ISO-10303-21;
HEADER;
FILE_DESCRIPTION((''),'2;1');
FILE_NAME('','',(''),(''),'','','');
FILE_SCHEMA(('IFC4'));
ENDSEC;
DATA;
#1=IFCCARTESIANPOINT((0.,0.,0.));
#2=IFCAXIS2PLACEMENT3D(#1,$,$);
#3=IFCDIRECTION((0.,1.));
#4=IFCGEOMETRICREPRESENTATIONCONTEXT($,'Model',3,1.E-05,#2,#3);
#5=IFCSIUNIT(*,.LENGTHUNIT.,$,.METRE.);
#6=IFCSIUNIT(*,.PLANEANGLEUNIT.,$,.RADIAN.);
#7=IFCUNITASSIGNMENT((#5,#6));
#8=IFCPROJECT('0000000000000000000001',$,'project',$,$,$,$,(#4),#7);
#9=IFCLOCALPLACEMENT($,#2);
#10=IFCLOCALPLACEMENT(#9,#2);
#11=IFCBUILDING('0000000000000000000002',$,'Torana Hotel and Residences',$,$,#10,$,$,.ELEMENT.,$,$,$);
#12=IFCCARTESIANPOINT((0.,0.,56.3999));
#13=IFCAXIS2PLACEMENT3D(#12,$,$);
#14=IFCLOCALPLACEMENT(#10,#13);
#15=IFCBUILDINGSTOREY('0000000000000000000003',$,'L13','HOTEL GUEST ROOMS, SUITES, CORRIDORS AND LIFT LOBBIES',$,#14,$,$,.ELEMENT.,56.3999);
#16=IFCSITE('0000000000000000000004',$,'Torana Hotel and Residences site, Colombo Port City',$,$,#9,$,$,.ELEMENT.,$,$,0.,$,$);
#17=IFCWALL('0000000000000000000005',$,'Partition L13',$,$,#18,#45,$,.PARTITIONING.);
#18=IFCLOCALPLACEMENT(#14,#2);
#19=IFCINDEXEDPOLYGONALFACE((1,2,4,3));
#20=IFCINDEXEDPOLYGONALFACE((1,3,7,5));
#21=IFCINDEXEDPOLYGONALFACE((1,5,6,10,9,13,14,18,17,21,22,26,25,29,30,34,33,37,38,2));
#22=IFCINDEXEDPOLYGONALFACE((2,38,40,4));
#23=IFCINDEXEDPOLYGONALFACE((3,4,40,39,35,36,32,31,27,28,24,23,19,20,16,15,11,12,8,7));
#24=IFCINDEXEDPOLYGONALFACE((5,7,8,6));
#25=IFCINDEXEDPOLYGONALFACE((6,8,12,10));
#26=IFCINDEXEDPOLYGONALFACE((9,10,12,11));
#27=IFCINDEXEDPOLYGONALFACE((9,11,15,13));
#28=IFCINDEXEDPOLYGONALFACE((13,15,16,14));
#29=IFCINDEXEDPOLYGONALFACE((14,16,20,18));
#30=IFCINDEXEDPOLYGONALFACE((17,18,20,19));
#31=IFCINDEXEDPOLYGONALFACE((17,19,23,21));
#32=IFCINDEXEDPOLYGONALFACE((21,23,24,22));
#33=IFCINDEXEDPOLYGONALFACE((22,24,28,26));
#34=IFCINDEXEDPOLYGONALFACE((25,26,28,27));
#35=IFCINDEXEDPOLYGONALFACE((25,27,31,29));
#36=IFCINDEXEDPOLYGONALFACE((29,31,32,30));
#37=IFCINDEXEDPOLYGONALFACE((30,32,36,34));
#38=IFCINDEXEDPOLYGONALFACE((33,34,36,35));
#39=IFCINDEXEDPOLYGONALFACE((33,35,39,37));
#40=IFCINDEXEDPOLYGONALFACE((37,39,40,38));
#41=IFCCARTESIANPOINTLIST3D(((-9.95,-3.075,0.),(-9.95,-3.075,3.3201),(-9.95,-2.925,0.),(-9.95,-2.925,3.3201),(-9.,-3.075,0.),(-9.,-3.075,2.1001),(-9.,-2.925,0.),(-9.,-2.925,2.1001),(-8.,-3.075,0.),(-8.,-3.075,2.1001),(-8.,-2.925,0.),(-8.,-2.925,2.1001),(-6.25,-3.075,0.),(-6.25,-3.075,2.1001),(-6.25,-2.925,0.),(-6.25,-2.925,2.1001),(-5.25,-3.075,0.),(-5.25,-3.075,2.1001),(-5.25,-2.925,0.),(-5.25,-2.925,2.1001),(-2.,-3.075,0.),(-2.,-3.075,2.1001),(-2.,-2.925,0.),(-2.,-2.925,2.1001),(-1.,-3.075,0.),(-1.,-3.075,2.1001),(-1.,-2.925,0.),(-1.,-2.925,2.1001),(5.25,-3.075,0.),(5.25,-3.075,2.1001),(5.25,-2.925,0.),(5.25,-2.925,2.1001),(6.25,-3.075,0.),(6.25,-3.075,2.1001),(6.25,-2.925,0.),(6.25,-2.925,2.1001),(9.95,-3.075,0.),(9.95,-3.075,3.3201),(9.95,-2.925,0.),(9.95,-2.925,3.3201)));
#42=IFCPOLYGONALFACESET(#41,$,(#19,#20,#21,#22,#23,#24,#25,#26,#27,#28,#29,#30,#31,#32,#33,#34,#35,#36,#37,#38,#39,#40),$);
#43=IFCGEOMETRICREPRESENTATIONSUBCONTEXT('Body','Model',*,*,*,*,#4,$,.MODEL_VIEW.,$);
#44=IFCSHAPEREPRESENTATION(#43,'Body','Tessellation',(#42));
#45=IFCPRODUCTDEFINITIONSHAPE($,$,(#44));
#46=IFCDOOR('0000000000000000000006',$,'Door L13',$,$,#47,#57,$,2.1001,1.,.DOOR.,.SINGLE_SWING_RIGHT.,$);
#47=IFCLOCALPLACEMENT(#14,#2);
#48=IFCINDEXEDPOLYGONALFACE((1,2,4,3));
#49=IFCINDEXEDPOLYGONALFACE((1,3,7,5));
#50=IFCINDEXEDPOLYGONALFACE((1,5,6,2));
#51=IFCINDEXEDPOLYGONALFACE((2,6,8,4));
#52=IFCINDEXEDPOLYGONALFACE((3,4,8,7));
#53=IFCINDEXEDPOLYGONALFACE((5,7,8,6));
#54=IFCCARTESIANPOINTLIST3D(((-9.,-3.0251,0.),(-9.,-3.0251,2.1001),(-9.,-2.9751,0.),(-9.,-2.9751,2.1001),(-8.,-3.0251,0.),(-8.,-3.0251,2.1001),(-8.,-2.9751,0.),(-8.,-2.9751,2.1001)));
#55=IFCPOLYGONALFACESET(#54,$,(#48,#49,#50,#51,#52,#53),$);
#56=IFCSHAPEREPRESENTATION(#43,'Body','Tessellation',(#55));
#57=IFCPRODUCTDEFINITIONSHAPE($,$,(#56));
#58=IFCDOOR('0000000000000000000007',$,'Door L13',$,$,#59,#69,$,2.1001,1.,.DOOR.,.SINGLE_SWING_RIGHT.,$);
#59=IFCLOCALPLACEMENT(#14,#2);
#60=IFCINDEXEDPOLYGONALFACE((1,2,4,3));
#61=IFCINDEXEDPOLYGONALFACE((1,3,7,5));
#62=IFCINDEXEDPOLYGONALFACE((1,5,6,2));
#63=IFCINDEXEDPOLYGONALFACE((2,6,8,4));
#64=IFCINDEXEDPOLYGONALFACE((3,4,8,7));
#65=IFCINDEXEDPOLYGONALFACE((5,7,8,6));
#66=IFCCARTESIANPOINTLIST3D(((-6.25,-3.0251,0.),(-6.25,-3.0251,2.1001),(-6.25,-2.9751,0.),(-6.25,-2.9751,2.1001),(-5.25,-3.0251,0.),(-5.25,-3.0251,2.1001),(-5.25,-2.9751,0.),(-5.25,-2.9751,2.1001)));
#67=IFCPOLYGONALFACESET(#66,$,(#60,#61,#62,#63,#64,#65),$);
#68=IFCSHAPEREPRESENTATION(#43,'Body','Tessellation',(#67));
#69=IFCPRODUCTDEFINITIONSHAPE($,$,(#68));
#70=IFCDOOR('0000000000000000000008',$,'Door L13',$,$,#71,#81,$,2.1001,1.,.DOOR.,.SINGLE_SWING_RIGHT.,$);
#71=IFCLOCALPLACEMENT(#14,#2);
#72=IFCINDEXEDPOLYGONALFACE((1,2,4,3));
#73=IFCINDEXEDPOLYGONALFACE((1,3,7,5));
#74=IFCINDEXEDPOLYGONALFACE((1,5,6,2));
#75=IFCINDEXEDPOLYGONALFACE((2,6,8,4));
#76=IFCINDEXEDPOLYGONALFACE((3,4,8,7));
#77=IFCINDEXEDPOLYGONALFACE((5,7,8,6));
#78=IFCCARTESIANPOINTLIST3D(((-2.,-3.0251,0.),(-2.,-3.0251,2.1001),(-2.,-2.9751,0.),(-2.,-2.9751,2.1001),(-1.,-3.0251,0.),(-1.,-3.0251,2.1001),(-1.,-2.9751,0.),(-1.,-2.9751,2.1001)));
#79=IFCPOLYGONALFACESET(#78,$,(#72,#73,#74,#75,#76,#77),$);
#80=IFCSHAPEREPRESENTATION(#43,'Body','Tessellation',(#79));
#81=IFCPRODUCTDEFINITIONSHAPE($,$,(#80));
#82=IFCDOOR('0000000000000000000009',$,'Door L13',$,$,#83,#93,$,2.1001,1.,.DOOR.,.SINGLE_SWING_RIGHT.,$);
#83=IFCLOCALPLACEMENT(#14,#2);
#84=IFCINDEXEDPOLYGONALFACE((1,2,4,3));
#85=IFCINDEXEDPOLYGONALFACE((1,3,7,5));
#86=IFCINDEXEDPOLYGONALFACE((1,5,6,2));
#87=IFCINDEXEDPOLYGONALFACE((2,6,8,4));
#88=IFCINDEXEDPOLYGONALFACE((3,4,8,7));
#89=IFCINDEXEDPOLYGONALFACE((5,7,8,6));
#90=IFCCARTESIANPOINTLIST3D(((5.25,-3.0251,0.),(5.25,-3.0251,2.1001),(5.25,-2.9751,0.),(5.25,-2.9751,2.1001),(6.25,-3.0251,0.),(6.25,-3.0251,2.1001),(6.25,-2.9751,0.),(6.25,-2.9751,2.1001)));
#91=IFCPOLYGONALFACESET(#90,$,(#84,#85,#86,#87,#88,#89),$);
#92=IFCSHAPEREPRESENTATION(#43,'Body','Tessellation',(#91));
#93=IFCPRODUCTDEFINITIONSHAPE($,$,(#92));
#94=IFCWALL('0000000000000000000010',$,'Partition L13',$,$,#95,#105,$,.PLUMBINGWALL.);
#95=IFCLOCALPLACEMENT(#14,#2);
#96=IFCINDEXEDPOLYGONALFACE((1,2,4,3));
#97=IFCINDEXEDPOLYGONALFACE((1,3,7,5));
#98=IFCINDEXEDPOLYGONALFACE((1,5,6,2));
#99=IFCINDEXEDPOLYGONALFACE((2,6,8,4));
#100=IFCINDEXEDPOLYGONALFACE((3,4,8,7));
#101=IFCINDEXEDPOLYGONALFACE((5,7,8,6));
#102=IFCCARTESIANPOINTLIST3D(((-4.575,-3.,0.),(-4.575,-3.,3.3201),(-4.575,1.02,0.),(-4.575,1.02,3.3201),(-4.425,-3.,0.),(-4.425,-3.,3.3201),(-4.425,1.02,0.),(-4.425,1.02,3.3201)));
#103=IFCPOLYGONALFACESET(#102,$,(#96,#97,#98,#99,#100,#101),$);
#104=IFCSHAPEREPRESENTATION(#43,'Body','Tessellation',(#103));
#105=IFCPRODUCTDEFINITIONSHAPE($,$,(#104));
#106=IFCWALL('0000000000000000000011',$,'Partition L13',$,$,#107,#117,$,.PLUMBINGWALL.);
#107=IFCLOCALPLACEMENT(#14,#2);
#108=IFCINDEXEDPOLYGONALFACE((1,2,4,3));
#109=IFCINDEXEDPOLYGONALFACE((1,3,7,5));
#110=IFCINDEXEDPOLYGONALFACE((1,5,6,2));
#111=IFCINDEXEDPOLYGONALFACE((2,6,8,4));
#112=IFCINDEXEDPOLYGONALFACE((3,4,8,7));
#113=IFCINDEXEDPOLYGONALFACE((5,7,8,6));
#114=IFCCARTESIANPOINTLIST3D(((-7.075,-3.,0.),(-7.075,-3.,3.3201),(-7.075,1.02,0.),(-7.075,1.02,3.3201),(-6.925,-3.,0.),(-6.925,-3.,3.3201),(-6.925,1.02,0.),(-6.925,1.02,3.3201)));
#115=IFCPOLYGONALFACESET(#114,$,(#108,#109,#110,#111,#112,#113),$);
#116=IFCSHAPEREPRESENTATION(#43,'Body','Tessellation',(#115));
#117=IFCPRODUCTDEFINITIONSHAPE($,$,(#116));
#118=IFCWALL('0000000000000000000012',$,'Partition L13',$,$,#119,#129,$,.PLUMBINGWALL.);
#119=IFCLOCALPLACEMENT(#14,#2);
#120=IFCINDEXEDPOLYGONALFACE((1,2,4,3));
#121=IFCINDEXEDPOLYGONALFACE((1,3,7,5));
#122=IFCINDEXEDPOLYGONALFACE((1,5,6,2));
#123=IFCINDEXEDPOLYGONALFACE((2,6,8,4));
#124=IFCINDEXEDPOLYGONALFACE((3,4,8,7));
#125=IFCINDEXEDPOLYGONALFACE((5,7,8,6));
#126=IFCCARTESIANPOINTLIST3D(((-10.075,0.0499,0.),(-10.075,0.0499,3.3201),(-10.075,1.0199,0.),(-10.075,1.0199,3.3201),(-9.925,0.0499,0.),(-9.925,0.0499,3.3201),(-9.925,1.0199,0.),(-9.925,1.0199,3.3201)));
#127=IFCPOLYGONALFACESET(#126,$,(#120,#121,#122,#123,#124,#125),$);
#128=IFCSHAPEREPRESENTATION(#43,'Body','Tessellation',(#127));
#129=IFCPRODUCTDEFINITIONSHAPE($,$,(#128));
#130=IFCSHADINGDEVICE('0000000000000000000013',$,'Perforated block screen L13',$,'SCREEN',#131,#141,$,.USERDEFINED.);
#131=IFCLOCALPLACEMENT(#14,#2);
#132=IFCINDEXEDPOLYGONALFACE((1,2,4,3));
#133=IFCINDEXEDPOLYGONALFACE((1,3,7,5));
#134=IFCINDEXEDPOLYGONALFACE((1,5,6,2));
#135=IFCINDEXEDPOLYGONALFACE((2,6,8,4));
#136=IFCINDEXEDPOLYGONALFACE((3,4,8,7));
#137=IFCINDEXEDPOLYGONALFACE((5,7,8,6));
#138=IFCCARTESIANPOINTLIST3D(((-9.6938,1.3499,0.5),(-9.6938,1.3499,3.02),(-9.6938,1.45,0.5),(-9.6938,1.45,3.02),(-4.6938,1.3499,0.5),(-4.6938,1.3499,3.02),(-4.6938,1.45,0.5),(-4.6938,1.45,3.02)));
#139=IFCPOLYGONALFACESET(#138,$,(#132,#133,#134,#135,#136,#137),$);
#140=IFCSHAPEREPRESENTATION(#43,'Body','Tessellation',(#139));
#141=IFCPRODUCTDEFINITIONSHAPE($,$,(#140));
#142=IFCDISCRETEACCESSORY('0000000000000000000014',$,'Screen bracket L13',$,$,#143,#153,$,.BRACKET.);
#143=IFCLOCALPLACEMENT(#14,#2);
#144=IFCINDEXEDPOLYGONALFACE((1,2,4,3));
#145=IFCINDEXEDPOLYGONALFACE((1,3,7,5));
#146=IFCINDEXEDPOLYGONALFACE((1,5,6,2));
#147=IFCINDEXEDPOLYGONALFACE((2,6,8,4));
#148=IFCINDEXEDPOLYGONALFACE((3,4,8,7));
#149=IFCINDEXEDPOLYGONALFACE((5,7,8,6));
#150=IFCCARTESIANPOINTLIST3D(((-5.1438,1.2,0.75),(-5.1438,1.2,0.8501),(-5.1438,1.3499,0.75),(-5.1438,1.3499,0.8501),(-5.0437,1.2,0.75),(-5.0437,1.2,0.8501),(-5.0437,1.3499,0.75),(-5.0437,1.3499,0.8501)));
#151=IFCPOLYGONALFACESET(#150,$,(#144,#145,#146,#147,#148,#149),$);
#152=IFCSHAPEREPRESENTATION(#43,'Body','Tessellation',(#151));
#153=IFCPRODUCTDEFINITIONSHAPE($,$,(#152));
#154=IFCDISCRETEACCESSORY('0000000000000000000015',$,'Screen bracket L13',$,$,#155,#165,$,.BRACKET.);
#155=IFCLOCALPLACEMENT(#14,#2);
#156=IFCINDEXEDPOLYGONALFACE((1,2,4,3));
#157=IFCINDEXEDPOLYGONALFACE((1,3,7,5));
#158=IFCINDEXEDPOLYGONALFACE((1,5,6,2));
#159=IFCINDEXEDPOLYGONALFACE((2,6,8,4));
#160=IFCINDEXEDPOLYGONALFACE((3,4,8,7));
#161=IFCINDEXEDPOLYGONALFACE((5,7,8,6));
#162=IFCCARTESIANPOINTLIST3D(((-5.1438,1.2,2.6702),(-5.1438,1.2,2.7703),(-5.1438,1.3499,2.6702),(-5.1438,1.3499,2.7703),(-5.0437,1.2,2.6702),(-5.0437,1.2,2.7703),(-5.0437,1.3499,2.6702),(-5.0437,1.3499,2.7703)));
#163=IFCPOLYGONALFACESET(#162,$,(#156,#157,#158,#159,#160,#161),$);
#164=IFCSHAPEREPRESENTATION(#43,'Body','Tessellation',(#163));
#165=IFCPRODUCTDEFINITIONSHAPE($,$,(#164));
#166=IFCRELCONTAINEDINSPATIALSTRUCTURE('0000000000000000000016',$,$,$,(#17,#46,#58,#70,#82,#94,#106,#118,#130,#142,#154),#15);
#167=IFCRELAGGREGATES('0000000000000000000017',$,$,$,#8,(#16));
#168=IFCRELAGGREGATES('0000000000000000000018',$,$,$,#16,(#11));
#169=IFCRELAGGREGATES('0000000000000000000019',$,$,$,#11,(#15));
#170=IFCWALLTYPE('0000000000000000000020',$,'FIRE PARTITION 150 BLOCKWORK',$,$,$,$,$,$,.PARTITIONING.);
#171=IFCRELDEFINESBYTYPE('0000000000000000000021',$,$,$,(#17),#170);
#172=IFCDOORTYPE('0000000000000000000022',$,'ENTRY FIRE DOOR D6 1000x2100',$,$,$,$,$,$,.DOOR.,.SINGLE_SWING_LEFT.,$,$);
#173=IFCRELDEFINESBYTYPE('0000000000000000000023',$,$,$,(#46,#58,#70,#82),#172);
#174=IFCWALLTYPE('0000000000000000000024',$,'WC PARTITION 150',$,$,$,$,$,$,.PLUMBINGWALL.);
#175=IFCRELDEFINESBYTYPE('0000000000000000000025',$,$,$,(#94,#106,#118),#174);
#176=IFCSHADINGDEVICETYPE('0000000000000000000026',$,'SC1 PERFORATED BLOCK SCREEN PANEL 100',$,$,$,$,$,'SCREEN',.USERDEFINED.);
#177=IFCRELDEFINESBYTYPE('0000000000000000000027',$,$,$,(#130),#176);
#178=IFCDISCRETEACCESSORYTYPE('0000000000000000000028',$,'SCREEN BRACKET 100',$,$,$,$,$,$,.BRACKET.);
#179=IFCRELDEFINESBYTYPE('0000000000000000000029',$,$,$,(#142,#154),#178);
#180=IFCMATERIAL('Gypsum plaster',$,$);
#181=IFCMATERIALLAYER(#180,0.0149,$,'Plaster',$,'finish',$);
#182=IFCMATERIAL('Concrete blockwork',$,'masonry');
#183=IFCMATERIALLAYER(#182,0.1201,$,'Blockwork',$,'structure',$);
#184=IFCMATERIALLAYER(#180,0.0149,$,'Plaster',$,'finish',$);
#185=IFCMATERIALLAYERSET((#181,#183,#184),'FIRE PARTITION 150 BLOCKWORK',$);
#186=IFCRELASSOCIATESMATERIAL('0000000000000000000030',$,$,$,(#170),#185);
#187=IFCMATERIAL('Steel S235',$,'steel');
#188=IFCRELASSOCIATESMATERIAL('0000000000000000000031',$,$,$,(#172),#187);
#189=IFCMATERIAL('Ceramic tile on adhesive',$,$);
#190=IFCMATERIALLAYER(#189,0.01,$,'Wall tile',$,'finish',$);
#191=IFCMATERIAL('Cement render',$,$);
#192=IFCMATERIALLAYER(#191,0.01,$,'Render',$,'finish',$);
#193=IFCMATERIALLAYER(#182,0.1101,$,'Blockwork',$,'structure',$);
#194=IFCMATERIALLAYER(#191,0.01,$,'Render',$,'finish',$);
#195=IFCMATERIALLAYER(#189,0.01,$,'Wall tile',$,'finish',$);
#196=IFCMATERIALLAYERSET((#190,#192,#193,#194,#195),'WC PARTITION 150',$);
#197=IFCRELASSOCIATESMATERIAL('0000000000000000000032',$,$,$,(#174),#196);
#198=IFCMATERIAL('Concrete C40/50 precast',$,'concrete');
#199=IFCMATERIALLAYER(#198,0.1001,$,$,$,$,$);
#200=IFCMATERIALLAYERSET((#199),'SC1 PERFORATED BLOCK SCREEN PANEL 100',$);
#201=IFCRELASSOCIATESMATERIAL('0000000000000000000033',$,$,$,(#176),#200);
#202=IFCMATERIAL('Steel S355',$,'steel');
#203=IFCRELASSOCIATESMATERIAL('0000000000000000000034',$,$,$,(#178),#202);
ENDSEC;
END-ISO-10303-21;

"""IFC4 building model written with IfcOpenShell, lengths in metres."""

from ifc_helpers import new_model, si_unit, direction, frame, frame_2d, origin, origin_2d, place, context, subcontext, project, spatial, rectangle, extrude, material, layer, layer_set, type_object, element, fill, save


model = new_model("IFC4")

# Units and contexts
model_context = context("Model", 3, precision=1e-05, world=origin(), true_north=direction((0.0, 1.0)))
body_context = subcontext(model_context, "Body", "Model", "MODEL_VIEW")
ifc_project = project(units=[si_unit("LENGTHUNIT", "METRE"), si_unit("PLANEANGLEUNIT", "RADIAN")], contexts=[model_context])

# Site, building, storey
site_placement = place(None, origin())
site = spatial("IfcSite", under=ifc_project, at=site_placement, Name="Torana Hotel and Residences site, Colombo Port City", CompositionType="ELEMENT", RefElevation=0.0)
building_placement = place(site_placement, origin())
building = spatial("IfcBuilding", under=site, at=building_placement, Name="Torana Hotel and Residences", CompositionType="ELEMENT")
storey_placement = place(building_placement, frame((0.0, 0.0, 56.3999)))
storey = spatial("IfcBuildingStorey", under=building, at=storey_placement, Name="L13", Description="HOTEL GUEST ROOMS, SUITES, CORRIDORS AND LIFT LOBBIES", CompositionType="ELEMENT", Elevation=56.3999)

# Shared definitions
ifc_material_1 = material(Name="Gypsum plaster")
ifc_layer_1 = layer(ifc_material_1, 0.0149, Name="Plaster", Category="finish")
ifc_material_2 = material(Name="Concrete blockwork", Category="masonry")
ifc_layer_2 = layer(ifc_material_2, 0.1201, Name="Blockwork", Category="structure")
ifc_layer_3 = layer(ifc_material_1, 0.0149, Name="Plaster", Category="finish")
ifc_layer_set_1 = layer_set([ifc_layer_1, ifc_layer_2, ifc_layer_3], Name="FIRE PARTITION 150 BLOCKWORK")
wall_type_1 = type_object("IfcWallType", Name="FIRE PARTITION 150 BLOCKWORK", PredefinedType="PARTITIONING", material=ifc_layer_set_1)

# Shared definitions
ifc_material_3 = material(Name="Steel S235", Category="steel")
door_type = type_object("IfcDoorType", Name="ENTRY FIRE DOOR D6 1000x2100", OperationType="SINGLE_SWING_LEFT", PredefinedType="DOOR", material=ifc_material_3)

# Wall, openings, doors
wall_1_placement = place(storey_placement, frame((-9.95, -3.0, 0.0), z_axis=(0.0, 0.0, 1.0), x_axis=(1.0, 0.0, 0.0)))
wall_1 = element("IfcWall", 1, at=wall_1_placement, inside=storey, type_object=wall_type_1, Name="Partition L13", PredefinedType="PARTITIONING", context=body_context, shape_type="SweptSolid", body=[
    extrude(rectangle(XDim=19.8999, YDim=0.1499, at=frame_2d((9.95, 0.0))), origin(), (0.0, 0.0, 1.0), 3.3201),
])
opening_1_placement = place(wall_1_placement, frame((0.95, 0.0, 0.0)))
opening_1 = element("IfcOpeningElement", 2, at=opening_1_placement, cuts=wall_1, PredefinedType="OPENING", context=body_context, shape_type="SweptSolid", body=[
    extrude(rectangle(XDim=1.0, YDim=2.1001, at=frame_2d((0.5, 1.05))), frame((0.0, 0.085, 0.0), z_axis=(0.0, -1.0, 0.0), x_axis=(1.0, 0.0, 0.0)), (0.0, 0.0, 1.0), 0.1699),
])
opening_2_placement = place(wall_1_placement, frame((3.7, 0.0, 0.0)))
opening_2 = element("IfcOpeningElement", 3, at=opening_2_placement, cuts=wall_1, PredefinedType="OPENING", context=body_context, shape_type="SweptSolid", body=[
    extrude(rectangle(XDim=1.0, YDim=2.1001, at=frame_2d((0.5, 1.05))), frame((0.0, 0.085, 0.0), z_axis=(0.0, -1.0, 0.0), x_axis=(1.0, 0.0, 0.0)), (0.0, 0.0, 1.0), 0.1699),
])
opening_3_placement = place(wall_1_placement, frame((7.95, 0.0, 0.0)))
opening_3 = element("IfcOpeningElement", 4, at=opening_3_placement, cuts=wall_1, PredefinedType="OPENING", context=body_context, shape_type="SweptSolid", body=[
    extrude(rectangle(XDim=1.0, YDim=2.1001, at=frame_2d((0.5, 1.05))), frame((0.0, 0.085, 0.0), z_axis=(0.0, -1.0, 0.0), x_axis=(1.0, 0.0, 0.0)), (0.0, 0.0, 1.0), 0.1699),
])
opening_4_placement = place(wall_1_placement, frame((15.2, 0.0, 0.0)))
opening_4 = element("IfcOpeningElement", 5, at=opening_4_placement, cuts=wall_1, PredefinedType="OPENING", context=body_context, shape_type="SweptSolid", body=[
    extrude(rectangle(XDim=1.0, YDim=2.1001, at=frame_2d((0.5, 1.05))), frame((0.0, 0.085, 0.0), z_axis=(0.0, -1.0, 0.0), x_axis=(1.0, 0.0, 0.0)), (0.0, 0.0, 1.0), 0.1699),
])
door_1_placement = place(opening_1_placement, origin())
door_1 = element("IfcDoor", 6, at=door_1_placement, inside=storey, type_object=door_type, Name="Door L13", OperationType="SINGLE_SWING_RIGHT", OverallHeight=2.1001, OverallWidth=1.0, PredefinedType="DOOR", context=body_context, shape_type="SweptSolid", body=[
    extrude(rectangle(XDim=1.0, YDim=2.1001, at=frame_2d((0.5, 1.05))), frame((0.0, 0.0249, 0.0), z_axis=(0.0, -1.0, 0.0), x_axis=(1.0, 0.0, 0.0)), (0.0, 0.0, 1.0), 0.05),
])
fill(opening_1, door_1)
door_2_placement = place(opening_2_placement, origin())
door_2 = element("IfcDoor", 7, at=door_2_placement, inside=storey, type_object=door_type, Name="Door L13", OperationType="SINGLE_SWING_RIGHT", OverallHeight=2.1001, OverallWidth=1.0, PredefinedType="DOOR", context=body_context, shape_type="SweptSolid", body=[
    extrude(rectangle(XDim=1.0, YDim=2.1001, at=frame_2d((0.5, 1.05))), frame((0.0, 0.0249, 0.0), z_axis=(0.0, -1.0, 0.0), x_axis=(1.0, 0.0, 0.0)), (0.0, 0.0, 1.0), 0.05),
])
fill(opening_2, door_2)
door_3_placement = place(opening_3_placement, origin())
door_3 = element("IfcDoor", 8, at=door_3_placement, inside=storey, type_object=door_type, Name="Door L13", OperationType="SINGLE_SWING_RIGHT", OverallHeight=2.1001, OverallWidth=1.0, PredefinedType="DOOR", context=body_context, shape_type="SweptSolid", body=[
    extrude(rectangle(XDim=1.0, YDim=2.1001, at=frame_2d((0.5, 1.05))), frame((0.0, 0.0249, 0.0), z_axis=(0.0, -1.0, 0.0), x_axis=(1.0, 0.0, 0.0)), (0.0, 0.0, 1.0), 0.05),
])
fill(opening_3, door_3)
door_4_placement = place(opening_4_placement, origin())
door_4 = element("IfcDoor", 9, at=door_4_placement, inside=storey, type_object=door_type, Name="Door L13", OperationType="SINGLE_SWING_RIGHT", OverallHeight=2.1001, OverallWidth=1.0, PredefinedType="DOOR", context=body_context, shape_type="SweptSolid", body=[
    extrude(rectangle(XDim=1.0, YDim=2.1001, at=frame_2d((0.5, 1.05))), frame((0.0, 0.0249, 0.0), z_axis=(0.0, -1.0, 0.0), x_axis=(1.0, 0.0, 0.0)), (0.0, 0.0, 1.0), 0.05),
])
fill(opening_4, door_4)

# Walls
ifc_material_4 = material(Name="Ceramic tile on adhesive")
ifc_layer_4 = layer(ifc_material_4, 0.01, Name="Wall tile", Category="finish")
ifc_material_5 = material(Name="Cement render")
ifc_layer_5 = layer(ifc_material_5, 0.01, Name="Render", Category="finish")
ifc_layer_6 = layer(ifc_material_2, 0.1101, Name="Blockwork", Category="structure")
ifc_layer_7 = layer(ifc_material_5, 0.01, Name="Render", Category="finish")
ifc_layer_8 = layer(ifc_material_4, 0.01, Name="Wall tile", Category="finish")
ifc_layer_set_2 = layer_set([ifc_layer_4, ifc_layer_5, ifc_layer_6, ifc_layer_7, ifc_layer_8], Name="WC PARTITION 150")
wall_type_2 = type_object("IfcWallType", Name="WC PARTITION 150", PredefinedType="PLUMBINGWALL", material=ifc_layer_set_2)
for number, where, z_axis, x_axis, name in (
    (10, (-4.5, -3.0, 0.0), (0.0, 0.0, 1.0), (0.0, 1.0, 0.0), "Partition L13"),
    (11, (-7.0, -3.0, 0.0), (0.0, 0.0, 1.0), (0.0, 1.0, 0.0), "Partition L13"),
):
    element("IfcWall", number, at=place(storey_placement, frame(where, z_axis=z_axis, x_axis=x_axis)), inside=storey, type_object=wall_type_2, Name=name, PredefinedType="PLUMBINGWALL", context=body_context, shape_type="SweptSolid", body=[
        extrude(rectangle(XDim=4.02, YDim=0.1499, at=frame_2d((2.01, 0.0))), origin(), (0.0, 0.0, 1.0), 3.3201),
    ])
wall_2_placement = place(storey_placement, frame((-10.0, 0.05, 0.0), z_axis=(0.0, 0.0, 1.0), x_axis=(0.0, 1.0, 0.0)))
element("IfcWall", 12, at=wall_2_placement, inside=storey, type_object=wall_type_2, Name="Partition L13", PredefinedType="PLUMBINGWALL", context=body_context, shape_type="SweptSolid", body=[
    extrude(rectangle(XDim=0.97, YDim=0.1499, at=frame_2d((0.4849, 0.0))), origin(), (0.0, 0.0, 1.0), 3.3201),
])

# Shading device
ifc_material_6 = material(Name="Concrete C40/50 precast", Category="concrete")
ifc_layer_9 = layer(ifc_material_6, 0.1001)
ifc_layer_set_3 = layer_set([ifc_layer_9], Name="SC1 PERFORATED BLOCK SCREEN PANEL 100")
shading_device_type = type_object("IfcShadingDeviceType", Name="SC1 PERFORATED BLOCK SCREEN PANEL 100", ElementType="SCREEN", PredefinedType="USERDEFINED", material=ifc_layer_set_3)
shading_device_placement = place(storey_placement, frame((-7.1938, 1.3999, 0.5), z_axis=(0.0, 0.0, 1.0), x_axis=(-1.0, 0.0, 0.0)))
element("IfcShadingDevice", 13, at=shading_device_placement, inside=storey, type_object=shading_device_type, Name="Perforated block screen L13", ObjectType="SCREEN", PredefinedType="USERDEFINED", context=body_context, shape_type="SweptSolid", body=[
    extrude(rectangle(XDim=5.0, YDim=0.1001, at=origin_2d()), origin(), (0.0, 0.0, 1.0), 2.52),
])

# Discrete accessories
ifc_material_7 = material(Name="Steel S355", Category="steel")
discrete_accessory_type = type_object("IfcDiscreteAccessoryType", Name="SCREEN BRACKET 100", PredefinedType="BRACKET", material=ifc_material_7)
for number, where, z_axis, x_axis, name in (
    (14, (-5.0938, 1.2749, 0.75), (0.0, 0.0, 1.0), (-1.0, 0.0, 0.0), "Screen bracket L13"),
    (15, (-5.0938, 1.2749, 2.6702), (0.0, 0.0, 1.0), (-1.0, 0.0, 0.0), "Screen bracket L13"),
):
    element("IfcDiscreteAccessory", number, at=place(storey_placement, frame(where, z_axis=z_axis, x_axis=x_axis)), inside=storey, type_object=discrete_accessory_type, Name=name, PredefinedType="BRACKET", context=body_context, shape_type="SweptSolid", body=[
        extrude(rectangle(XDim=0.1001, YDim=0.1499, at=origin_2d()), origin(), (0.0, 0.0, 1.0), 0.1001),
    ])

save(model, "model.ifc")
